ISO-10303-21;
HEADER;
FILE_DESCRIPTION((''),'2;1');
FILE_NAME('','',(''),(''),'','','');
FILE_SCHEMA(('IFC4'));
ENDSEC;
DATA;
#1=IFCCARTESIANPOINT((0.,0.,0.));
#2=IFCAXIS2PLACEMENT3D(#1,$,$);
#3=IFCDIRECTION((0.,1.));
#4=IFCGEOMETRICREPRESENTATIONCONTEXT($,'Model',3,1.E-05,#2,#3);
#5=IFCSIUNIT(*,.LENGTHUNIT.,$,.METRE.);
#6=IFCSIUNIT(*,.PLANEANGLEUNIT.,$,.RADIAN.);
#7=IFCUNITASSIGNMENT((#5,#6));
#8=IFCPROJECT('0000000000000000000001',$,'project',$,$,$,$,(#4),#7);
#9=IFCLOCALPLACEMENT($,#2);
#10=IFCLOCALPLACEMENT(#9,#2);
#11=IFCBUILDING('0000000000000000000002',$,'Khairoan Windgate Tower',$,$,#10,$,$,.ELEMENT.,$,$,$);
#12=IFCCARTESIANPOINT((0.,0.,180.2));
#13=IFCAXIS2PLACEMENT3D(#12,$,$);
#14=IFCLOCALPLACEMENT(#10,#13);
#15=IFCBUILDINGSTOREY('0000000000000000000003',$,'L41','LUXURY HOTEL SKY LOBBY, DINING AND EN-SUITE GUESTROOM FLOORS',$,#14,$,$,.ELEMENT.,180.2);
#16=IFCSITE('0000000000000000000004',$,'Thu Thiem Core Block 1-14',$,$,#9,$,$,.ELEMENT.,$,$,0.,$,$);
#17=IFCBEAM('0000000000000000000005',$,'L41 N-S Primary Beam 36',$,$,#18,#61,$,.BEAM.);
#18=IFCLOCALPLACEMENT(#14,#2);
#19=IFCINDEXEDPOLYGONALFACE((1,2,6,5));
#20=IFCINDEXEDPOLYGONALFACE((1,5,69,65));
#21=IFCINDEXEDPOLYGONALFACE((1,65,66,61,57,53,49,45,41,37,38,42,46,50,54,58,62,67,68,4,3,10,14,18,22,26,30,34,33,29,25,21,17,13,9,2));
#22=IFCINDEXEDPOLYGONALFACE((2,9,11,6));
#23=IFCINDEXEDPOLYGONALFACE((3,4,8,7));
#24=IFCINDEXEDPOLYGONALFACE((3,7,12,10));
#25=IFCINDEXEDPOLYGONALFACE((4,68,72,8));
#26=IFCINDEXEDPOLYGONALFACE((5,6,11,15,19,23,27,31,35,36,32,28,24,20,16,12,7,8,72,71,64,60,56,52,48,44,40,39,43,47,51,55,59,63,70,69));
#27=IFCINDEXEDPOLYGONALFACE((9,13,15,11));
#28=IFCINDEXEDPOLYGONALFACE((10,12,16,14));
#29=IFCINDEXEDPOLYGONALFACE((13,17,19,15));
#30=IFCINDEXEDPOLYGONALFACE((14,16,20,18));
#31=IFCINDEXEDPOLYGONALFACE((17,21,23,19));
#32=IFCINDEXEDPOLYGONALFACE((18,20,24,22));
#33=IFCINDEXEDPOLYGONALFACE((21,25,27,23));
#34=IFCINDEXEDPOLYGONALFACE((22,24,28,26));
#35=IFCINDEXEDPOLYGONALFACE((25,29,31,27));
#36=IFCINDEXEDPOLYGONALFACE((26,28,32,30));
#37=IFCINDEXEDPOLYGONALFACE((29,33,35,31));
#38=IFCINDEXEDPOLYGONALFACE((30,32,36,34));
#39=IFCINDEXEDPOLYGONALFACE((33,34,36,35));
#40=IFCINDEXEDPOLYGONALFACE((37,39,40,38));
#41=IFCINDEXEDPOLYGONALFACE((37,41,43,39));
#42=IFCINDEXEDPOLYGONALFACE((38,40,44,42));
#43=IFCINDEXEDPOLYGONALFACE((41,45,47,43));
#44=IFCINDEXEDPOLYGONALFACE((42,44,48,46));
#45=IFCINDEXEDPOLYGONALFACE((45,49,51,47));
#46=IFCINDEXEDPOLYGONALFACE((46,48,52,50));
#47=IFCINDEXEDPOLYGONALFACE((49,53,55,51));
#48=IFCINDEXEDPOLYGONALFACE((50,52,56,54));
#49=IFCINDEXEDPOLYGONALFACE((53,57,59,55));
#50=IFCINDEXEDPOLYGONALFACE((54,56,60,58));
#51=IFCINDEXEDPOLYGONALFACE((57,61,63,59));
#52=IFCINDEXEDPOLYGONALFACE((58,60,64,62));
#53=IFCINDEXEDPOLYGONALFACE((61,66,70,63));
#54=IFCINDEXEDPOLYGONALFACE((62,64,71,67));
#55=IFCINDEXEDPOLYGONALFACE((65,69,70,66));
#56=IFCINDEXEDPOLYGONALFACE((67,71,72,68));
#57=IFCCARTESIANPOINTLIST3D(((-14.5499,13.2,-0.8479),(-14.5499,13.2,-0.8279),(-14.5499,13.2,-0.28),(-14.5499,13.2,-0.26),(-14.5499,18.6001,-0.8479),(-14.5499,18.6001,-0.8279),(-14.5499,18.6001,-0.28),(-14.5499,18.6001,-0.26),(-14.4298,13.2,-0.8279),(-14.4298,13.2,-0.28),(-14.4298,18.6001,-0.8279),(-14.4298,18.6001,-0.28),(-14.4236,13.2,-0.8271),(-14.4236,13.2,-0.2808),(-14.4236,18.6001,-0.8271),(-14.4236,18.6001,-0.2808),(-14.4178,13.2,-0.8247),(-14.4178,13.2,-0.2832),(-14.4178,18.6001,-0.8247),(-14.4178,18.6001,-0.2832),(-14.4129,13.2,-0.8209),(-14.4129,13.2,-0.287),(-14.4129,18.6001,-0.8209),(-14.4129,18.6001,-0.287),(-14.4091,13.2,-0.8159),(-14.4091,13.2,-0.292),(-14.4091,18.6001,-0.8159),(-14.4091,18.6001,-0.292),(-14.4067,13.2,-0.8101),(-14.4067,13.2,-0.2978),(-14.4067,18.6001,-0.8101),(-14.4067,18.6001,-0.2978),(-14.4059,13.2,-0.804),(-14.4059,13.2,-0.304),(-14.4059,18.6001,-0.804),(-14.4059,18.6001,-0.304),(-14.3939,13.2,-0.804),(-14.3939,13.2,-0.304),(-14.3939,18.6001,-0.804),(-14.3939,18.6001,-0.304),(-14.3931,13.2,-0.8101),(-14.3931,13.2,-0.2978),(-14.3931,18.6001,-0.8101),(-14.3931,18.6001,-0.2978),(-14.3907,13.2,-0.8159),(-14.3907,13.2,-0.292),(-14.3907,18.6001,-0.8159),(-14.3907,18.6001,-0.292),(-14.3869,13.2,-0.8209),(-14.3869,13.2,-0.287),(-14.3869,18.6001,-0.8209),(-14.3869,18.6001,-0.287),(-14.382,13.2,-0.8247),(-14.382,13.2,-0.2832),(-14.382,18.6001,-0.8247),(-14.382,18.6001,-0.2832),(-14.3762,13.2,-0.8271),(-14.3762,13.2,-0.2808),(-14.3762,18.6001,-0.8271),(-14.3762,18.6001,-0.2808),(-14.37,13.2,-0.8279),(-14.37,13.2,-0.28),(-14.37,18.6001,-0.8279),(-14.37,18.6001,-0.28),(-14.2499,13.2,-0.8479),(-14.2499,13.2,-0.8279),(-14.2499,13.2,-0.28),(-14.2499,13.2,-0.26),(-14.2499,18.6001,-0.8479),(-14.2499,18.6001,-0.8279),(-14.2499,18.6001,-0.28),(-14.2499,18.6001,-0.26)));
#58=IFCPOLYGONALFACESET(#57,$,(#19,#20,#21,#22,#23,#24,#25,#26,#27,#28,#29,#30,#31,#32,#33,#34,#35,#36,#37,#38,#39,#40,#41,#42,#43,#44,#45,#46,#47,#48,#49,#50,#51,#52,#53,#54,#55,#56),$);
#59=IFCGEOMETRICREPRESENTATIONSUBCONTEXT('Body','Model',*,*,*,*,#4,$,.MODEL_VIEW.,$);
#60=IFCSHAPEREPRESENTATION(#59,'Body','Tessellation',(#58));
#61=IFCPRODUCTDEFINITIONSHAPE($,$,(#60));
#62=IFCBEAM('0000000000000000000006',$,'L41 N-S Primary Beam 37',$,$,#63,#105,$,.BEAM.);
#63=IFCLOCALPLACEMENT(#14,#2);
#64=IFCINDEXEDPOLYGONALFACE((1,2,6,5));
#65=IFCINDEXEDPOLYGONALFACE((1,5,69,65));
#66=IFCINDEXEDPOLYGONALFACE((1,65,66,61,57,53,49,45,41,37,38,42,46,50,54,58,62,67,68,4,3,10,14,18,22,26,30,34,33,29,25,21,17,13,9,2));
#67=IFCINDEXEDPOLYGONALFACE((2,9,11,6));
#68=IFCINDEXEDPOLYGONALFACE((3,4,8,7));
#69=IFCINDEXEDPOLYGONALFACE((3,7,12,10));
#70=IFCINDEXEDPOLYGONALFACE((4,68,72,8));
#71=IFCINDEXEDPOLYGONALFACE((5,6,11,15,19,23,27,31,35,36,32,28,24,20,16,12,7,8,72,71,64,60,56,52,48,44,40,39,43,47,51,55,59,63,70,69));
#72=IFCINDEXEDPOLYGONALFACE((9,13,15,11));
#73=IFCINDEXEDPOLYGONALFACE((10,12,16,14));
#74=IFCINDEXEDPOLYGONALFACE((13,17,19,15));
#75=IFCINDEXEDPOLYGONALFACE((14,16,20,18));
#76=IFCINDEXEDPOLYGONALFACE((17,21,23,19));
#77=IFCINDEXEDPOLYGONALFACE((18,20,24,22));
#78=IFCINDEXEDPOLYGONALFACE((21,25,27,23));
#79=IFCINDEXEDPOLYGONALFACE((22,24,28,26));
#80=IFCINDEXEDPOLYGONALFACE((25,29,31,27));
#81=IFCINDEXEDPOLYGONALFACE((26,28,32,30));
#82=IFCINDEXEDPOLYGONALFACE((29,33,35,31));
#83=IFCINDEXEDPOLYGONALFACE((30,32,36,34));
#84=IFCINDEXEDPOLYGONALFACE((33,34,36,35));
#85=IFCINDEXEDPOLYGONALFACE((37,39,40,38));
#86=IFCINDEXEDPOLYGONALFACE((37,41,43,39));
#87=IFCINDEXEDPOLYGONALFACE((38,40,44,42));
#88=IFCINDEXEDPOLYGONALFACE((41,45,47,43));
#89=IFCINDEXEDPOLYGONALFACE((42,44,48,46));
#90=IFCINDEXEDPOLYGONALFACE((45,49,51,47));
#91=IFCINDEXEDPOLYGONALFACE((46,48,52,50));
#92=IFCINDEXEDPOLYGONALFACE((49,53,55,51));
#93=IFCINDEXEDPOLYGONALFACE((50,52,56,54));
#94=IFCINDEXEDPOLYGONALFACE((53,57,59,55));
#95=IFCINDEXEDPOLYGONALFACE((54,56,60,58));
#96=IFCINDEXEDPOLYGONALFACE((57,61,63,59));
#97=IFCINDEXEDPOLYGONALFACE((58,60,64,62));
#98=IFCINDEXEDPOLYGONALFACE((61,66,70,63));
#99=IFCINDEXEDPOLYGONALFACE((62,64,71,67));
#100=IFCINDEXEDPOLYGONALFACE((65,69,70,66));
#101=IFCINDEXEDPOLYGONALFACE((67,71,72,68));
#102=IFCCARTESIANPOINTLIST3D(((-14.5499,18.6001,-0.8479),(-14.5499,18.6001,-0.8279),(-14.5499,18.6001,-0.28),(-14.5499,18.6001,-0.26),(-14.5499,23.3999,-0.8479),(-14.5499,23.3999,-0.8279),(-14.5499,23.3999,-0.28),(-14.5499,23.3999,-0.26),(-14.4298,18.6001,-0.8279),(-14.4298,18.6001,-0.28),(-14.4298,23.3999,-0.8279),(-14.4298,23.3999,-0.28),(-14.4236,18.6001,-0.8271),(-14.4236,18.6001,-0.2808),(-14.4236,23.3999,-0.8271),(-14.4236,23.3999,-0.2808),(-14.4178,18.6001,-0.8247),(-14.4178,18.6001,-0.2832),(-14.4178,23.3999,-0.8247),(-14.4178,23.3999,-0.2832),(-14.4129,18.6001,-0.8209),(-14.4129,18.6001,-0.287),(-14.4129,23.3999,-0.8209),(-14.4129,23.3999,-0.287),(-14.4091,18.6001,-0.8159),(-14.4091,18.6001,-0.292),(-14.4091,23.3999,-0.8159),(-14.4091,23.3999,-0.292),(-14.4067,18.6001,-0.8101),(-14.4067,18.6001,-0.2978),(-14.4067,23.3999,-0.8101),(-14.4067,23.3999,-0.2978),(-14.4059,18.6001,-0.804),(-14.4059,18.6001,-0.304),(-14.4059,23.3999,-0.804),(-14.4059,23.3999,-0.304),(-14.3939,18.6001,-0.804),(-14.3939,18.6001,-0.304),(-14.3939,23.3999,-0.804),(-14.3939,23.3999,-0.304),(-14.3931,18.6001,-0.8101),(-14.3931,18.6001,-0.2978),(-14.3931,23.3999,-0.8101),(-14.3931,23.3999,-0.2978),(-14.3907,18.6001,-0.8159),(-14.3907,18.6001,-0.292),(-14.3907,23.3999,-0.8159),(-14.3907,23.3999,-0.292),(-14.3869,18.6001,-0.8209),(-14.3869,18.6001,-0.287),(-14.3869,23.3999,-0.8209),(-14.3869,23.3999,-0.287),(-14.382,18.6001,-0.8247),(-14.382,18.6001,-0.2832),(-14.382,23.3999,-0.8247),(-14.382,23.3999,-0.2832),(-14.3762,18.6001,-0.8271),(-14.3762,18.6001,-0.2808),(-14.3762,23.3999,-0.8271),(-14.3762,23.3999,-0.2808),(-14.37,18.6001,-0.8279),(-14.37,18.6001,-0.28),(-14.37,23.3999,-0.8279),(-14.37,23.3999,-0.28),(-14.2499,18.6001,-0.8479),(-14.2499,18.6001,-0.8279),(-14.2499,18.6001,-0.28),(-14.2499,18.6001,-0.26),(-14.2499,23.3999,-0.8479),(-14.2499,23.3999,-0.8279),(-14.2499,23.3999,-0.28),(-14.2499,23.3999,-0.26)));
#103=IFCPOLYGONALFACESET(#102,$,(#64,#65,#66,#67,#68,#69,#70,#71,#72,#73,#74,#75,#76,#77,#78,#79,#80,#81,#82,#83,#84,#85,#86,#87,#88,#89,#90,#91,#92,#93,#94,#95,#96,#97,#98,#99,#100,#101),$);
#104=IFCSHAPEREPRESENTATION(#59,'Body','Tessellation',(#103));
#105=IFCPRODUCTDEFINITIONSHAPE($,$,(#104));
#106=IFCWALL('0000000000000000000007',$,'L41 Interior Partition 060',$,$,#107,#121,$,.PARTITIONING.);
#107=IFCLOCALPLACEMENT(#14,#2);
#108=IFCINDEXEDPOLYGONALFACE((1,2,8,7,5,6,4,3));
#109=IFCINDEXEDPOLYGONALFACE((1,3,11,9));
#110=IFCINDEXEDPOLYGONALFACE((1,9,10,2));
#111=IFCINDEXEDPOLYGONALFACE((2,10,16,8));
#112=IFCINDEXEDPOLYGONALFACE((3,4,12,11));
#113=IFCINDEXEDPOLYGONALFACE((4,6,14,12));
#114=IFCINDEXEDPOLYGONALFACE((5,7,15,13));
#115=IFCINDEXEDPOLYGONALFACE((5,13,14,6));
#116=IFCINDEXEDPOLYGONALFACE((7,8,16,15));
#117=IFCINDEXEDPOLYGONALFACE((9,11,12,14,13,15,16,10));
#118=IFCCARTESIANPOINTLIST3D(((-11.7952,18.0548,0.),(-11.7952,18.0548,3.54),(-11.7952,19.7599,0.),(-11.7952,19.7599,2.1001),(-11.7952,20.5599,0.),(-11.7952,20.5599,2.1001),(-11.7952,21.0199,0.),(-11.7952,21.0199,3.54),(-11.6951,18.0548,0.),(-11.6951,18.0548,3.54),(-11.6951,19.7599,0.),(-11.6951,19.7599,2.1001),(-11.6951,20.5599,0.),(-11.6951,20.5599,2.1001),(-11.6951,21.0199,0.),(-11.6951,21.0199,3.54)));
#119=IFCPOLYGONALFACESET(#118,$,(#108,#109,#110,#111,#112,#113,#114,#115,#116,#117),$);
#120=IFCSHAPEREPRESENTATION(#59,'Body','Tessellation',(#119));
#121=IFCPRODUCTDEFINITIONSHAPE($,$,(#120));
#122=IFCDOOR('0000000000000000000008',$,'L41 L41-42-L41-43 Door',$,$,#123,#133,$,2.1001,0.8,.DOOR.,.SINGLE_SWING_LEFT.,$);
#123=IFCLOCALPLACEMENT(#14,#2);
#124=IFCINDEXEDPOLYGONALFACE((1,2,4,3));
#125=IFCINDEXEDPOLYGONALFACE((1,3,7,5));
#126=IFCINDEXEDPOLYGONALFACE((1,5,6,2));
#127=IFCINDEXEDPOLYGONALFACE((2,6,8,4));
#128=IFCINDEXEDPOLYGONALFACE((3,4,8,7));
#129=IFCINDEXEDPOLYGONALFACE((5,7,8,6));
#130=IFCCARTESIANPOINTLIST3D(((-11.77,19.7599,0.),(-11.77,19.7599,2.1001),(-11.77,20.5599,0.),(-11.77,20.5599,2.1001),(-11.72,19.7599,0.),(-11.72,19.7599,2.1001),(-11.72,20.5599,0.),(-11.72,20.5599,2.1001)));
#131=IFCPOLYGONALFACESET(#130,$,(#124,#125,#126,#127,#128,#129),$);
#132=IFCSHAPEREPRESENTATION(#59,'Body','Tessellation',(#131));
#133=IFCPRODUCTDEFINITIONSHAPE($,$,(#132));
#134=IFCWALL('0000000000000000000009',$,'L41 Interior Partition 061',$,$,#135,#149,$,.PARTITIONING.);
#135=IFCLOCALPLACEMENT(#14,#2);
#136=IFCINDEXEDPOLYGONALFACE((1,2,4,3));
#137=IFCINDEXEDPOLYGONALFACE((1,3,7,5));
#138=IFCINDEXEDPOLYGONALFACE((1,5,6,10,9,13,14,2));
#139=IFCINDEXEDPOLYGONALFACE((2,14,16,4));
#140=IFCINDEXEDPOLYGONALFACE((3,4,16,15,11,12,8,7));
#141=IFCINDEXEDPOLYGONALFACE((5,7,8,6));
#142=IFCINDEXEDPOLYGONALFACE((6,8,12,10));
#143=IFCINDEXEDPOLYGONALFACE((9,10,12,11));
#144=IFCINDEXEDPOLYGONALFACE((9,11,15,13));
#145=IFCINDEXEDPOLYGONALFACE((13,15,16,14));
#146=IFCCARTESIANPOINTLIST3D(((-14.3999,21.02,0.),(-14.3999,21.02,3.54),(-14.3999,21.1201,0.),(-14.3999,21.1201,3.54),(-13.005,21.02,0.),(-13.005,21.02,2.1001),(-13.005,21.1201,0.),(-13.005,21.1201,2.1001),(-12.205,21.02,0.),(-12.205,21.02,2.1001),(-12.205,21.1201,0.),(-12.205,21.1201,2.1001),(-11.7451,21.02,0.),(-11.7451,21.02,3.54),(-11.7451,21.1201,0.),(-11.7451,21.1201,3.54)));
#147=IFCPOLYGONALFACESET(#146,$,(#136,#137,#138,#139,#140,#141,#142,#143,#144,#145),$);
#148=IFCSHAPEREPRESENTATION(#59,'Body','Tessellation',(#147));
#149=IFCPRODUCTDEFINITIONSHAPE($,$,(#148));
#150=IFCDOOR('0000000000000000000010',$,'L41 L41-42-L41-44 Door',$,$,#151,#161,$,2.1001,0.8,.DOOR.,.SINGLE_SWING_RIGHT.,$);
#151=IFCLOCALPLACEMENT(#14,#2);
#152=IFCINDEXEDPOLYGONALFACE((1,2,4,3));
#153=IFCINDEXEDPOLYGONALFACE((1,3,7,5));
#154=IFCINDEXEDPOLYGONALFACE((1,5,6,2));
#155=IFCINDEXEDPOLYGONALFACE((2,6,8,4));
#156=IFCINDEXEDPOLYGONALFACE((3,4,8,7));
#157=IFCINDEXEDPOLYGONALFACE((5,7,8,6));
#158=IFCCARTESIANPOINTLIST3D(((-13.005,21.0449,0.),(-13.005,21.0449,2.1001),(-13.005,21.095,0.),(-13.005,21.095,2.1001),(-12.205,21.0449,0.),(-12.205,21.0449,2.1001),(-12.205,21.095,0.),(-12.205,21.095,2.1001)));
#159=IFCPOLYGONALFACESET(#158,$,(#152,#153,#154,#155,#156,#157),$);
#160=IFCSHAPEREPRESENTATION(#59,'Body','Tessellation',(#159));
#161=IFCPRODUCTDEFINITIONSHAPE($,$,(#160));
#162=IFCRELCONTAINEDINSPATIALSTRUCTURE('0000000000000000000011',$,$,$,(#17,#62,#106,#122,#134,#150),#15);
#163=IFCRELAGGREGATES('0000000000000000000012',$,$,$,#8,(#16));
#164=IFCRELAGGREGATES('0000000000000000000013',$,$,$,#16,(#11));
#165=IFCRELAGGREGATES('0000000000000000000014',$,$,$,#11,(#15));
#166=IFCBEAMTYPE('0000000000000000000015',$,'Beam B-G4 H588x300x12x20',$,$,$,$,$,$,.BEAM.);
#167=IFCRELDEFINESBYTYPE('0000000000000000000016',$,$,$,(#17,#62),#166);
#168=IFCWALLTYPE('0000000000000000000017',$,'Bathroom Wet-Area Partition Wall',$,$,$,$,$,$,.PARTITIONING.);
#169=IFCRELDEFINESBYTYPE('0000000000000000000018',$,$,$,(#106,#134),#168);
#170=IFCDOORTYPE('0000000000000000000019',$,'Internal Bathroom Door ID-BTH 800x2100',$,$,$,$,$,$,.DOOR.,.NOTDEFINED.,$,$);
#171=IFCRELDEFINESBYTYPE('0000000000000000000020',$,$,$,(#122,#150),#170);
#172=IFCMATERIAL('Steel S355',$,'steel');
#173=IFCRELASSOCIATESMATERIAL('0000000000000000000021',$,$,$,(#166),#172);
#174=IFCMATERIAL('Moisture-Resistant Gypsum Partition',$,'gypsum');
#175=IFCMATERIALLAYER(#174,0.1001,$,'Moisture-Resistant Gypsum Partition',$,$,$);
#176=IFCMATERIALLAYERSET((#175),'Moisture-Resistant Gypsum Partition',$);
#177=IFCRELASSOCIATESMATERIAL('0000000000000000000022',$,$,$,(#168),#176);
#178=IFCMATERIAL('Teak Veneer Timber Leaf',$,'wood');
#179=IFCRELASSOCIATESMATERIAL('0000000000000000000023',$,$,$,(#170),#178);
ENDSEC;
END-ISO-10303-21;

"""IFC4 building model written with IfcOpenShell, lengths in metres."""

from ifc_helpers import new_model, si_unit, direction, frame, frame_2d, origin, origin_2d, place, context, subcontext, project, spatial, rectangle, i_section, extrude, material, layer, layer_set, material_profile, profile_set, type_object, element, fill, save


model = new_model("IFC4")

# Units and contexts
model_context = context("Model", 3, precision=1e-05, world=origin(), true_north=direction((0.0, 1.0)))
body_context = subcontext(model_context, "Body", "Model", "MODEL_VIEW")
ifc_project = project(units=[si_unit("LENGTHUNIT", "METRE"), si_unit("PLANEANGLEUNIT", "RADIAN")], contexts=[model_context])

# Site, building, storey
site_placement = place(None, origin())
site = spatial("IfcSite", under=ifc_project, at=site_placement, Name="Thu Thiem Core Block 1-14", CompositionType="ELEMENT", RefElevation=0.0)
building_placement = place(site_placement, origin())
building = spatial("IfcBuilding", under=site, at=building_placement, Name="Khairoan Windgate Tower", CompositionType="ELEMENT")
storey_placement = place(building_placement, frame((0.0, 0.0, 180.2)))
storey = spatial("IfcBuildingStorey", under=building, at=storey_placement, Name="L41", Description="LUXURY HOTEL SKY LOBBY, DINING AND EN-SUITE GUESTROOM FLOORS", CompositionType="ELEMENT", Elevation=180.2)

# Beams
ifc_material_1 = material(Name="Steel S355", Category="steel")
ifc_material_profile_1 = material_profile(ifc_material_1, i_section(OverallWidth=0.3, OverallDepth=0.5879, WebThickness=0.012, FlangeThickness=0.02, FilletRadius=0.0239, at=origin_2d()))
ifc_profile_set_1 = profile_set([ifc_material_profile_1], Name="Steel S355")
beam_type = type_object("IfcBeamType", Name="Beam B-G4 H588x300x12x20", PredefinedType="BEAM", material=ifc_profile_set_1)
beam_1_placement = place(storey_placement, frame((-14.3999, 13.2, -0.554), z_axis=(0.0, 1.0, 0.0), x_axis=(-1.0, 0.0, 0.0)))
element("IfcBeam", 1, at=beam_1_placement, inside=storey, type_object=beam_type, Name="L41 N-S Primary Beam 36", PredefinedType="BEAM", context=body_context, shape_type="SweptSolid", body=[
    extrude(i_section(OverallWidth=0.3, OverallDepth=0.5879, WebThickness=0.012, FlangeThickness=0.02, FilletRadius=0.0239, at=origin_2d()), origin(), (0.0, 0.0, 1.0), 5.4001),
])
beam_2_placement = place(storey_placement, frame((-14.3999, 18.6001, -0.554), z_axis=(0.0, 1.0, 0.0), x_axis=(-1.0, 0.0, 0.0)))
element("IfcBeam", 2, at=beam_2_placement, inside=storey, type_object=beam_type, Name="L41 N-S Primary Beam 37", PredefinedType="BEAM", context=body_context, shape_type="SweptSolid", body=[
    extrude(i_section(OverallWidth=0.3, OverallDepth=0.5879, WebThickness=0.012, FlangeThickness=0.02, FilletRadius=0.0239, at=origin_2d()), origin(), (0.0, 0.0, 1.0), 4.7998),
])

# Walls, openings, doors
ifc_material_2 = material(Name="Moisture-Resistant Gypsum Partition", Category="gypsum")
ifc_layer_1 = layer(ifc_material_2, 0.1001, Name="Moisture-Resistant Gypsum Partition")
ifc_layer_set_1 = layer_set([ifc_layer_1], Name="Moisture-Resistant Gypsum Partition")
wall_type_1 = type_object("IfcWallType", Name="Bathroom Wet-Area Partition Wall", PredefinedType="PARTITIONING", material=ifc_layer_set_1)
wall_1_placement = place(storey_placement, frame((-11.7451, 18.0549, 0.0), z_axis=(0.0, 0.0, 1.0), x_axis=(0.0, 1.0, 0.0)))
wall_1 = element("IfcWall", 3, at=wall_1_placement, inside=storey, type_object=wall_type_1, Name="L41 Interior Partition 060", PredefinedType="PARTITIONING", context=body_context, shape_type="SweptSolid", body=[
    extrude(rectangle(XDim=2.9651, YDim=0.1001, at=frame_2d((1.4824, 0.0))), origin(), (0.0, 0.0, 1.0), 3.54),
])
opening_1_placement = place(wall_1_placement, frame((1.7051, 0.0, 0.0)))
opening_1 = element("IfcOpeningElement", 4, at=opening_1_placement, cuts=wall_1, PredefinedType="OPENING", context=body_context, shape_type="SweptSolid", body=[
    extrude(rectangle(XDim=0.8, YDim=2.1001, at=frame_2d((0.3999, 1.05))), frame((0.0, 0.0601, 0.0), z_axis=(0.0, -1.0, 0.0), x_axis=(1.0, 0.0, 0.0)), (0.0, 0.0, 1.0), 0.1201),
])
ifc_material_3 = material(Name="Teak Veneer Timber Leaf", Category="wood")
door_type_1 = type_object("IfcDoorType", Name="Internal Bathroom Door ID-BTH 800x2100", OperationType="NOTDEFINED", PredefinedType="DOOR", material=ifc_material_3)
door_1_placement = place(opening_1_placement, origin())
door_1 = element("IfcDoor", 5, at=door_1_placement, inside=storey, type_object=door_type_1, Name="L41 L41-42-L41-43 Door", OperationType="SINGLE_SWING_LEFT", OverallHeight=2.1001, OverallWidth=0.8, PredefinedType="DOOR", context=body_context, shape_type="SweptSolid", body=[
    extrude(rectangle(XDim=0.8, YDim=2.1001, at=frame_2d((0.3999, 1.05))), frame((0.0, 0.0249, 0.0), z_axis=(0.0, -1.0, 0.0), x_axis=(1.0, 0.0, 0.0)), (0.0, 0.0, 1.0), 0.05),
])
fill(opening_1, door_1)
wall_2_placement = place(storey_placement, frame((-14.3999, 21.0701, 0.0), z_axis=(0.0, 0.0, 1.0), x_axis=(1.0, 0.0, 0.0)))
wall_2 = element("IfcWall", 6, at=wall_2_placement, inside=storey, type_object=wall_type_1, Name="L41 Interior Partition 061", PredefinedType="PARTITIONING", context=body_context, shape_type="SweptSolid", body=[
    extrude(rectangle(XDim=2.6548, YDim=0.1001, at=frame_2d((1.3274, 0.0))), origin(), (0.0, 0.0, 1.0), 3.54),
])
opening_2_placement = place(wall_2_placement, frame((1.395, 0.0, 0.0)))
opening_2 = element("IfcOpeningElement", 7, at=opening_2_placement, cuts=wall_2, PredefinedType="OPENING", context=body_context, shape_type="SweptSolid", body=[
    extrude(rectangle(XDim=0.8, YDim=2.1001, at=frame_2d((0.3999, 1.05))), frame((0.0, 0.0601, 0.0), z_axis=(0.0, -1.0, 0.0), x_axis=(1.0, 0.0, 0.0)), (0.0, 0.0, 1.0), 0.1201),
])
door_2_placement = place(opening_2_placement, origin())
door_2 = element("IfcDoor", 8, at=door_2_placement, inside=storey, type_object=door_type_1, Name="L41 L41-42-L41-44 Door", OperationType="SINGLE_SWING_RIGHT", OverallHeight=2.1001, OverallWidth=0.8, PredefinedType="DOOR", context=body_context, shape_type="SweptSolid", body=[
    extrude(rectangle(XDim=0.8, YDim=2.1001, at=frame_2d((0.3999, 1.05))), frame((0.0, 0.0249, 0.0), z_axis=(0.0, -1.0, 0.0), x_axis=(1.0, 0.0, 0.0)), (0.0, 0.0, 1.0), 0.05),
])
fill(opening_2, door_2)

save(model, "model.ifc")
